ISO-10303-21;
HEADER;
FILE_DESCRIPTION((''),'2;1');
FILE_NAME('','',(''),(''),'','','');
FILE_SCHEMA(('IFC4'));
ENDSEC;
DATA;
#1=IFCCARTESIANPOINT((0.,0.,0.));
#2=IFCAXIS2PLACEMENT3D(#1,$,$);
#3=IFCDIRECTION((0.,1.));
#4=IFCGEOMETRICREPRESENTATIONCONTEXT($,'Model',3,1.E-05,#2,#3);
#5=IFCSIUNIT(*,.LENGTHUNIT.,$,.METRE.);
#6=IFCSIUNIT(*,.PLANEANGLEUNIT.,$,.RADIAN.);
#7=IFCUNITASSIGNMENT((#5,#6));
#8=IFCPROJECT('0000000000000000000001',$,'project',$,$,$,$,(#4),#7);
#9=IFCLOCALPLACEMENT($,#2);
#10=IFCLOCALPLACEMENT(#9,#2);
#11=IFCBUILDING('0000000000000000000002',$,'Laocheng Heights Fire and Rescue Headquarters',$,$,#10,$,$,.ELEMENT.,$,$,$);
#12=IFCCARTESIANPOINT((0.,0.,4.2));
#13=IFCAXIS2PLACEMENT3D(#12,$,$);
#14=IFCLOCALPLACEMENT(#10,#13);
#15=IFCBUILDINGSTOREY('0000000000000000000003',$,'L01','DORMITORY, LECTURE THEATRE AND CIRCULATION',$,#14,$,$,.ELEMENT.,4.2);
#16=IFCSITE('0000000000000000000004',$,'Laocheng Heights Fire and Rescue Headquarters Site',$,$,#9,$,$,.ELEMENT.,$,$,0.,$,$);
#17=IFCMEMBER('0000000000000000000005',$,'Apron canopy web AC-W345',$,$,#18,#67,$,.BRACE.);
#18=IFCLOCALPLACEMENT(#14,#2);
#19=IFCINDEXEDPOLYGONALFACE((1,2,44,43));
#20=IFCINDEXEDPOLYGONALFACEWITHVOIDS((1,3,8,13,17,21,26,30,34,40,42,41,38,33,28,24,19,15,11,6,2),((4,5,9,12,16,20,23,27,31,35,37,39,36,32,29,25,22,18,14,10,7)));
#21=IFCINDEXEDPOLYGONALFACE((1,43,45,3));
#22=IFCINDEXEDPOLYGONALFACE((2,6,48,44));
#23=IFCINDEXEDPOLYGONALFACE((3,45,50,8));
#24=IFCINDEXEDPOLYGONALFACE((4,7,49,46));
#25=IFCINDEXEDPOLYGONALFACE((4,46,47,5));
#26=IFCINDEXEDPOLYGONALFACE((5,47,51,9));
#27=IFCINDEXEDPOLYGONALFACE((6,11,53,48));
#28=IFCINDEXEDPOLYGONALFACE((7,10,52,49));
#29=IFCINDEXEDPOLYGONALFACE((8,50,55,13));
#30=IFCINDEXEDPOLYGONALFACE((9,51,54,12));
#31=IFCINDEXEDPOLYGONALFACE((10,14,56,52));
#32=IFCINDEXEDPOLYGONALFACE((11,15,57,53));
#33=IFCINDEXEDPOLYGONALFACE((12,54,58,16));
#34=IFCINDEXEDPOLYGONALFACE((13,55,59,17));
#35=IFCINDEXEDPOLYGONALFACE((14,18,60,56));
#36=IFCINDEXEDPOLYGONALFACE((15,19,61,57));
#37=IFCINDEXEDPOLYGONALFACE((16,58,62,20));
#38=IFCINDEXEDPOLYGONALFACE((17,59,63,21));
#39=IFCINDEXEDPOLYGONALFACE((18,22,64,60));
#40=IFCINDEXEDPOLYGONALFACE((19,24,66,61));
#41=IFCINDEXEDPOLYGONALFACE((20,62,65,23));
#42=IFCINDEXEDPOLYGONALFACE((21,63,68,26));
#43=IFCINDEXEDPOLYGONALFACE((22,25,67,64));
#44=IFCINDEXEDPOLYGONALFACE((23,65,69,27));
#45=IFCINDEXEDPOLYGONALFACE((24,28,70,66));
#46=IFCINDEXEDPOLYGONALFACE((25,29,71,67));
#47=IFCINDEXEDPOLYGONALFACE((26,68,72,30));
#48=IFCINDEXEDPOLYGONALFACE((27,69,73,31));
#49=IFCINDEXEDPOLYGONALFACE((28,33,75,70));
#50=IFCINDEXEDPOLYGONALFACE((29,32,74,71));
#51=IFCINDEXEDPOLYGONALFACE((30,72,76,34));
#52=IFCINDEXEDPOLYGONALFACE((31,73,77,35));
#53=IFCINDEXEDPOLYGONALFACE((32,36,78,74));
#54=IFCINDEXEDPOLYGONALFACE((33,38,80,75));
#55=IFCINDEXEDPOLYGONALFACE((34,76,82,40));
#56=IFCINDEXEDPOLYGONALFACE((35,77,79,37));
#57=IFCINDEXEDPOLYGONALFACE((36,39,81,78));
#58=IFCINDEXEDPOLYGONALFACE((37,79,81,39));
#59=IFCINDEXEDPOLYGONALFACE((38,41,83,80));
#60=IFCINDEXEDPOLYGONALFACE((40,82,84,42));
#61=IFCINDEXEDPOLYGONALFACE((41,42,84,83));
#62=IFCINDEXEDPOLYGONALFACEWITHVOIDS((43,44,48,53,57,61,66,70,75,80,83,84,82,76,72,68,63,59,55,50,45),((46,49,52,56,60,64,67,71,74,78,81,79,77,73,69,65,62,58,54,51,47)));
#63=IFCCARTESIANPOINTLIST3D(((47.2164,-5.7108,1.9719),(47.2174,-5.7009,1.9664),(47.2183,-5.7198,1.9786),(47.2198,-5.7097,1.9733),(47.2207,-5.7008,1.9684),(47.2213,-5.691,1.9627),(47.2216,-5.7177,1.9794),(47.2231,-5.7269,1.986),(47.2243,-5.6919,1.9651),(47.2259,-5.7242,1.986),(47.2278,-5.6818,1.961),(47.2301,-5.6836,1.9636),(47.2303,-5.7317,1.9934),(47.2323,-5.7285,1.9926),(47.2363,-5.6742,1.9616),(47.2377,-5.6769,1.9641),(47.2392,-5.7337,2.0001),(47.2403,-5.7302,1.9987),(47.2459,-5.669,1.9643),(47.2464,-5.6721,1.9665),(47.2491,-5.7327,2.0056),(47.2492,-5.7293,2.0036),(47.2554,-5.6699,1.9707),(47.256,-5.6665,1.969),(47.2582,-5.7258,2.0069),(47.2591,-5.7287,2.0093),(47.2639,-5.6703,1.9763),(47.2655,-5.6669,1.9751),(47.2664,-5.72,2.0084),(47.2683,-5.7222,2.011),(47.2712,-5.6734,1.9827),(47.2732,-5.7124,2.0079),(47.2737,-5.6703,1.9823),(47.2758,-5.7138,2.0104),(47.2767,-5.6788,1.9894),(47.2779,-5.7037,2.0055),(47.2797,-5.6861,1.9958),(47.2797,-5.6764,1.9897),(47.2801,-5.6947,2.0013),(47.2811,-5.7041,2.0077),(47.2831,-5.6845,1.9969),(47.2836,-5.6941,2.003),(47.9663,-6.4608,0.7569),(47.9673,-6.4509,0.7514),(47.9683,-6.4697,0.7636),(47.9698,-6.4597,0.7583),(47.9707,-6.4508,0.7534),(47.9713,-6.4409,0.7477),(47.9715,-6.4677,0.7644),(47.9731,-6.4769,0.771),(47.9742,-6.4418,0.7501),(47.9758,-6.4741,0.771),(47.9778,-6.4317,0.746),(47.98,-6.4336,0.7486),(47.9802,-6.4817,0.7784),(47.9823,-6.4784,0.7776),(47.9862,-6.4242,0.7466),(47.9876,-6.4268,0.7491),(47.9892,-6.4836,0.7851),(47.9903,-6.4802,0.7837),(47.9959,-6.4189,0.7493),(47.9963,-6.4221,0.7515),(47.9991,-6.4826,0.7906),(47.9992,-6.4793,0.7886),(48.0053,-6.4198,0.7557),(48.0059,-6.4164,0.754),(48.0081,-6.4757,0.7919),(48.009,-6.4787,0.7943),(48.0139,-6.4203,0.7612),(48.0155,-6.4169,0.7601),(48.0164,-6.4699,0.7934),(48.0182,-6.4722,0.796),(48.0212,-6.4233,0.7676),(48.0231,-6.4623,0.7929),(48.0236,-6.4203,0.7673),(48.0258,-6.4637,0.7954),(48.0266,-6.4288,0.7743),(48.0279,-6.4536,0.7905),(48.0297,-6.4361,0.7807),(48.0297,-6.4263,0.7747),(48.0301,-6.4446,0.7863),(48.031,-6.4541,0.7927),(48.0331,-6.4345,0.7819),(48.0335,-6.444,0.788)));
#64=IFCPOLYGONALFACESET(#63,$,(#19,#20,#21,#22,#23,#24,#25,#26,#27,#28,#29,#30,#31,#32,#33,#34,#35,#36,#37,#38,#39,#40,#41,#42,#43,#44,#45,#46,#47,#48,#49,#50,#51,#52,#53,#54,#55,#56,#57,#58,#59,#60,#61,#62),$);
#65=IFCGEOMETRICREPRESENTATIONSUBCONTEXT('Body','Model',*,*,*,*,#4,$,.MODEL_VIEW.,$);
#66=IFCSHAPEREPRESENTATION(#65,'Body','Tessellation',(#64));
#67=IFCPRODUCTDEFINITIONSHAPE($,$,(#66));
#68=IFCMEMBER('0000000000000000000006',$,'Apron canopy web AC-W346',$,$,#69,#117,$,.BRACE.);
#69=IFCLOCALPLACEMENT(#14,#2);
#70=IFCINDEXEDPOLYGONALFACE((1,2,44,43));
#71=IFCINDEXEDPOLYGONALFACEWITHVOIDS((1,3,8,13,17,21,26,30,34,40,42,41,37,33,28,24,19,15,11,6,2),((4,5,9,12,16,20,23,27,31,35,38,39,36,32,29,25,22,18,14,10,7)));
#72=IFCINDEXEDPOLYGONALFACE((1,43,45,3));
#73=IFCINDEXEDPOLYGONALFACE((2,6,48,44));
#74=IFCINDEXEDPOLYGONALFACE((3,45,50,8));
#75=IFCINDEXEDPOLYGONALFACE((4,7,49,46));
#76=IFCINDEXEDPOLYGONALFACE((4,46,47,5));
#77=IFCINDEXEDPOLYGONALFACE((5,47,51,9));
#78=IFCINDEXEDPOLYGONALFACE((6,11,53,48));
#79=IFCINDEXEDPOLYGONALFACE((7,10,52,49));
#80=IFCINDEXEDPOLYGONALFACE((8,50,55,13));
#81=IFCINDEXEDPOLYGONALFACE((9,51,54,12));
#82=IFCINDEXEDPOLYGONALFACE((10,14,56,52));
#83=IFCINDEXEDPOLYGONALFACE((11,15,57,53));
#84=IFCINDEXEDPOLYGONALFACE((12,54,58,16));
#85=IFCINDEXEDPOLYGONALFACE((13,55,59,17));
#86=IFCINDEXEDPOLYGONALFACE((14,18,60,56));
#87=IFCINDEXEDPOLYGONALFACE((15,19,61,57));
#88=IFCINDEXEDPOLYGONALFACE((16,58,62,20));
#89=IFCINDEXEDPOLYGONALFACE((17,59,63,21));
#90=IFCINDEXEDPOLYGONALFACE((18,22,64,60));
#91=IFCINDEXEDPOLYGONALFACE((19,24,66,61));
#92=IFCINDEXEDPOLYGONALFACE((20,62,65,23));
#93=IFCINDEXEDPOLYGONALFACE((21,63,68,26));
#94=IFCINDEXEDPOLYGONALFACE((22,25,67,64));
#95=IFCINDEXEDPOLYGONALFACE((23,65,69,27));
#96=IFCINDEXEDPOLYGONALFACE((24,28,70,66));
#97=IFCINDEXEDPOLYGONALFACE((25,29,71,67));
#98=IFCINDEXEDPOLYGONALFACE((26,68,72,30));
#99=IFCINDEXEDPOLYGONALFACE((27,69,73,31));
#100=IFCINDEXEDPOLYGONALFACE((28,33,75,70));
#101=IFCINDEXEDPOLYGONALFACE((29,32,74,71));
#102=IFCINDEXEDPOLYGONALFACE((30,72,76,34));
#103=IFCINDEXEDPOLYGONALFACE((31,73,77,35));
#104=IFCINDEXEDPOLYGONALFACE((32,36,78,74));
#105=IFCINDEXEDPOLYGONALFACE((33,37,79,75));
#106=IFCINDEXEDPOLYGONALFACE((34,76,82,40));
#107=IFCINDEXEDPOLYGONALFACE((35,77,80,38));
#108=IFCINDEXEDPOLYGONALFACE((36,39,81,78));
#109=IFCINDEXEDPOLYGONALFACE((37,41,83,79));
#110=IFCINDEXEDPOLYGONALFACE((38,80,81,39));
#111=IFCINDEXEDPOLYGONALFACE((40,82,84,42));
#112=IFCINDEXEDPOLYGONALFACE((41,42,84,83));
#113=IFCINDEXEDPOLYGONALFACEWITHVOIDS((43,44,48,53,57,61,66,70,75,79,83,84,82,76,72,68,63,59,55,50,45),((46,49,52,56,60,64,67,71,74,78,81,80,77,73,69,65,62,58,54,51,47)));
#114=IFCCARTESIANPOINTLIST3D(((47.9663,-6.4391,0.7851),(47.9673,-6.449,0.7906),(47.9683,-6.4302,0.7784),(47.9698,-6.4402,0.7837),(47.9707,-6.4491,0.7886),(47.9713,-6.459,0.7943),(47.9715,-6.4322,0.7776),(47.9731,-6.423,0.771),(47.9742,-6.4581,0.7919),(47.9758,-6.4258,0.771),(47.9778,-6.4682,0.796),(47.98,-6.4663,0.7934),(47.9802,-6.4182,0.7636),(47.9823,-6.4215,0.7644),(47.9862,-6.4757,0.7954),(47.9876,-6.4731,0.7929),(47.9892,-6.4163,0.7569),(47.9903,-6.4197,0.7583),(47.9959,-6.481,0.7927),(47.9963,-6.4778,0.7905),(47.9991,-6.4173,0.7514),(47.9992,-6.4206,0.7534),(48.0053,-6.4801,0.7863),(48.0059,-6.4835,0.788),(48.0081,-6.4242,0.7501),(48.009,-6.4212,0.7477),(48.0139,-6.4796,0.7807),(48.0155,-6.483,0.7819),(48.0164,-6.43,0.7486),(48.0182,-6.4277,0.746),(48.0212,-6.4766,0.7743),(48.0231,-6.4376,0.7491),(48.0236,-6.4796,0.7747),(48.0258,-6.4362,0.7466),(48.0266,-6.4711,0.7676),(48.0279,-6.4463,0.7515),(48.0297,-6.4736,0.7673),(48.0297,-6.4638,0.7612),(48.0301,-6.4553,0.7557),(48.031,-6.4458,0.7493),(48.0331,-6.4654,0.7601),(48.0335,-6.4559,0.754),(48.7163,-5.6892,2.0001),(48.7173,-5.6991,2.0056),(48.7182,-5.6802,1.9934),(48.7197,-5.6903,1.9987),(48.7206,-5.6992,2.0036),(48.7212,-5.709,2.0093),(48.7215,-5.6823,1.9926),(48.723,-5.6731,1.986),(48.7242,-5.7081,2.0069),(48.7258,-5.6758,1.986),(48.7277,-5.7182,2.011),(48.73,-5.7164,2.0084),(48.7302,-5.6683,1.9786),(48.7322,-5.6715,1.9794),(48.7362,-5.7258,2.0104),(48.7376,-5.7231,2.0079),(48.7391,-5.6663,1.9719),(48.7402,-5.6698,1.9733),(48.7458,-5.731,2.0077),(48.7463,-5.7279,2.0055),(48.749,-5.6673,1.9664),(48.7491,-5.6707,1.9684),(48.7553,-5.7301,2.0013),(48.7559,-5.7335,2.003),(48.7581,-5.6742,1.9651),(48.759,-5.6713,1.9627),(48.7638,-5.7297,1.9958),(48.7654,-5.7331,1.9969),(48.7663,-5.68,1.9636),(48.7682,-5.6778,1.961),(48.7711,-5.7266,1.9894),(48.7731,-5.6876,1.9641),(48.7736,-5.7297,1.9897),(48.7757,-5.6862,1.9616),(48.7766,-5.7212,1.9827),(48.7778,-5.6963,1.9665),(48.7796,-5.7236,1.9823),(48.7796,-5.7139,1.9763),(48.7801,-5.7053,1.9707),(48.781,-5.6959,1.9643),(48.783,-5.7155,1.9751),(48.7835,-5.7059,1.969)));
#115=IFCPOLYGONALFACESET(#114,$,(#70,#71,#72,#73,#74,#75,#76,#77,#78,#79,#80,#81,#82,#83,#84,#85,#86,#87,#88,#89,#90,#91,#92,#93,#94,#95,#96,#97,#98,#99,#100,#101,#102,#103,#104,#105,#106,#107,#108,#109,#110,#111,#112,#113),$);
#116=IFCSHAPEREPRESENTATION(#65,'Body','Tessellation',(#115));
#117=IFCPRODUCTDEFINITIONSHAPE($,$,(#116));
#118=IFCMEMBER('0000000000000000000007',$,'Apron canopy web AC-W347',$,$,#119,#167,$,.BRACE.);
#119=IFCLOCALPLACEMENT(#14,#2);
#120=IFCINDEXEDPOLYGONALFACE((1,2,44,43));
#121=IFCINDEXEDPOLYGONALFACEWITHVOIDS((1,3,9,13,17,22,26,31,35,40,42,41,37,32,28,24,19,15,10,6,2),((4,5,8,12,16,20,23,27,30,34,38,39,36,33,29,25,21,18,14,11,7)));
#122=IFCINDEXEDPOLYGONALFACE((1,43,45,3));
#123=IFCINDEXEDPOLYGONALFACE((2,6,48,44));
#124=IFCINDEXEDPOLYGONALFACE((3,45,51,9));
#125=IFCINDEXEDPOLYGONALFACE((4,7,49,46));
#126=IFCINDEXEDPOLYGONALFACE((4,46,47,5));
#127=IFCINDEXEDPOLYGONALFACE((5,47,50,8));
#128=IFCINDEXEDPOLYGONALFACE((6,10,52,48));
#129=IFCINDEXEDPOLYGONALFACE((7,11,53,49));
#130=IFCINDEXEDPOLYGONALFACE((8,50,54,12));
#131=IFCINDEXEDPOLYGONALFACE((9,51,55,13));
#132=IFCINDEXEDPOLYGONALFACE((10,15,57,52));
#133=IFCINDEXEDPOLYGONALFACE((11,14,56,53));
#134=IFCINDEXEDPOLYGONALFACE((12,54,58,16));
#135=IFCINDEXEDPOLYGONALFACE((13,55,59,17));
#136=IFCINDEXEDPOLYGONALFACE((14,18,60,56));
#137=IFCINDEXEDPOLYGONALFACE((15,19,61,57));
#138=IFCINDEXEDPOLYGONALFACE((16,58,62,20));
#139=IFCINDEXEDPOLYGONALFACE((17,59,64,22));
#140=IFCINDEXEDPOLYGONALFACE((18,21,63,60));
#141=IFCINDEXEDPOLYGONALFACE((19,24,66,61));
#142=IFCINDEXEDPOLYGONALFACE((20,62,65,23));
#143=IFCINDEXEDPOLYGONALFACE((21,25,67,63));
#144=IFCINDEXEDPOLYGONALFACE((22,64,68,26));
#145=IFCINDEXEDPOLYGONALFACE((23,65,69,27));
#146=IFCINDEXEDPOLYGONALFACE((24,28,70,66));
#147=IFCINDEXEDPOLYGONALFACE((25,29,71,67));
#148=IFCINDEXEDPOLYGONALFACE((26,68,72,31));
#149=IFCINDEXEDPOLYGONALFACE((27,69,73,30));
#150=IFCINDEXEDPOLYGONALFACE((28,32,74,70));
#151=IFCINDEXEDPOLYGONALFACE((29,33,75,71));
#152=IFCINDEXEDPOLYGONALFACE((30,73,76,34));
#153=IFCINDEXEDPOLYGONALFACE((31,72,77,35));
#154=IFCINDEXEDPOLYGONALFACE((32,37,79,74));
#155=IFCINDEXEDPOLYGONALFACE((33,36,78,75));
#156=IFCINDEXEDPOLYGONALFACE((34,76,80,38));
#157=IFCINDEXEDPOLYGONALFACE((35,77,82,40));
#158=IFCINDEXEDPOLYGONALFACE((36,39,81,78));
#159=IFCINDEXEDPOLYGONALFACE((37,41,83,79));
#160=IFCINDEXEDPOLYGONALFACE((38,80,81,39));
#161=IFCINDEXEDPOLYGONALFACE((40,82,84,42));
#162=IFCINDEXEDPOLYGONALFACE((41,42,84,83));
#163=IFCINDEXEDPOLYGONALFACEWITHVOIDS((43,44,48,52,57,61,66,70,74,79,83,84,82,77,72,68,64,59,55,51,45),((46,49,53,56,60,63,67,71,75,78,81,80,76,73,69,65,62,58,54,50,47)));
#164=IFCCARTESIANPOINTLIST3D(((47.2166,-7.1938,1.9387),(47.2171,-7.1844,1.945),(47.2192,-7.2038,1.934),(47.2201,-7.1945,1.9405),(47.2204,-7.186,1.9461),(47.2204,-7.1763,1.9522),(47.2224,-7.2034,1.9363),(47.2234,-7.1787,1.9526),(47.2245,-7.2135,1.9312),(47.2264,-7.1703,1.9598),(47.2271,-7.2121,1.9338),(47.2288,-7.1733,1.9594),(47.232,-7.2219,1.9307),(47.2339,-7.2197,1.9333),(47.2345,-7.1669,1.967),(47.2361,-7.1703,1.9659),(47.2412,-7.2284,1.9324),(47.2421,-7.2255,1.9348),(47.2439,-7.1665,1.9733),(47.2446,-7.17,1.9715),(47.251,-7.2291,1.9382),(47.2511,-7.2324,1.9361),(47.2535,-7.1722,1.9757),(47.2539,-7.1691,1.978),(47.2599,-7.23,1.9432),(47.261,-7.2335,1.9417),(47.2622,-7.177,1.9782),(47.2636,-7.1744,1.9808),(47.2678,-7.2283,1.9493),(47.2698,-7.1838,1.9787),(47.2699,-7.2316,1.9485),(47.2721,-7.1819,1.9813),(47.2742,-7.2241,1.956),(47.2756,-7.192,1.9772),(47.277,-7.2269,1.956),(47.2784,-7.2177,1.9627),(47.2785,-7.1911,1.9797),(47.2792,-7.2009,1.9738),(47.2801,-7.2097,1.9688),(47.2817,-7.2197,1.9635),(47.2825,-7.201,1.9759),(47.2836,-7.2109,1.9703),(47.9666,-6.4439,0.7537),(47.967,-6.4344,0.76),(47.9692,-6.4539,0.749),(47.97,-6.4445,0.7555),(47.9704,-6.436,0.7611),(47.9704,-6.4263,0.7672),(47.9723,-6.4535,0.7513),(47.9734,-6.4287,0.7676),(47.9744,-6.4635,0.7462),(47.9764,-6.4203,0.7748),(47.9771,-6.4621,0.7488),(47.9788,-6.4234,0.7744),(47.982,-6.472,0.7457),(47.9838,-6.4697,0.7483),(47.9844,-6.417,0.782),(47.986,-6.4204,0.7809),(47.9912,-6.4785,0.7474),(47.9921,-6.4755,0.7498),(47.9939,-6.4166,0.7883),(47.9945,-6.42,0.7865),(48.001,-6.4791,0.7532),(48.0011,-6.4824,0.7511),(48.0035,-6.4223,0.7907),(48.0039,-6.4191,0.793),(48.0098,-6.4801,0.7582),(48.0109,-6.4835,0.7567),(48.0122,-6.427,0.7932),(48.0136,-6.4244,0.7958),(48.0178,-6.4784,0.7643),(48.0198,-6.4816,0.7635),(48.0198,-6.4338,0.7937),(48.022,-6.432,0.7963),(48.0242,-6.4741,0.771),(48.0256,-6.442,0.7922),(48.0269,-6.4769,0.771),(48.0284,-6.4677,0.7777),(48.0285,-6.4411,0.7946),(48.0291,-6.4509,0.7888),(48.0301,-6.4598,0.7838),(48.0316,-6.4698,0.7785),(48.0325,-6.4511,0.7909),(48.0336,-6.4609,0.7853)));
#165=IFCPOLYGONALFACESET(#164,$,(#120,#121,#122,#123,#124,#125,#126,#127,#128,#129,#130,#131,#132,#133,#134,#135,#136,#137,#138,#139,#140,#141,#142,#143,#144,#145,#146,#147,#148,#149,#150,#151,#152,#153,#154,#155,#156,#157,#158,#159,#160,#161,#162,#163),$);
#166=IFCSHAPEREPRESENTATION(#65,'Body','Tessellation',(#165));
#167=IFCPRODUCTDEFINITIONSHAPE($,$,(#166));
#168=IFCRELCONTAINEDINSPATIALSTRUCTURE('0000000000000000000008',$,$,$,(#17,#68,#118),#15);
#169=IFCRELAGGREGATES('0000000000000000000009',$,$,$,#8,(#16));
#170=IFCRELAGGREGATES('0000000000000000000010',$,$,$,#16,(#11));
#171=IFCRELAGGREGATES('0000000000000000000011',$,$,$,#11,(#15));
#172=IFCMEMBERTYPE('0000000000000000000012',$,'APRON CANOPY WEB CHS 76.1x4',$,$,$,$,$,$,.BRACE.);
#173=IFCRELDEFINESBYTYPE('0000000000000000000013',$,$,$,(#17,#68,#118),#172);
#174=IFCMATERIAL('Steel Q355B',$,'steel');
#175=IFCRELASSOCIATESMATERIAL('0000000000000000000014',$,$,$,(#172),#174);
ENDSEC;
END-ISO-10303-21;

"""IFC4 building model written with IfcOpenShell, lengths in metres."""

from ifc_helpers import new_model, si_unit, direction, frame, origin, origin_2d, place, context, subcontext, project, spatial, hollow_circle, extrude, material, material_profile, profile_set, type_object, element, save


model = new_model("IFC4")

# Units and contexts
model_context = context("Model", 3, precision=1e-05, world=origin(), true_north=direction((0.0, 1.0)))
body_context = subcontext(model_context, "Body", "Model", "MODEL_VIEW")
ifc_project = project(units=[si_unit("LENGTHUNIT", "METRE"), si_unit("PLANEANGLEUNIT", "RADIAN")], contexts=[model_context])

# Site, building, storey
site_placement = place(None, origin())
site = spatial("IfcSite", under=ifc_project, at=site_placement, Name="Laocheng Heights Fire and Rescue Headquarters Site", CompositionType="ELEMENT", RefElevation=0.0)
building_placement = place(site_placement, origin())
building = spatial("IfcBuilding", under=site, at=building_placement, Name="Laocheng Heights Fire and Rescue Headquarters", CompositionType="ELEMENT")
storey_placement = place(building_placement, frame((0.0, 0.0, 4.2)))
storey = spatial("IfcBuildingStorey", under=building, at=storey_placement, Name="L01", Description="DORMITORY, LECTURE THEATRE AND CIRCULATION", CompositionType="ELEMENT", Elevation=4.2)

# Members
ifc_material_1 = material(Name="Steel Q355B", Category="steel")
ifc_material_profile_1 = material_profile(ifc_material_1, hollow_circle(Radius=0.0381, WallThickness=0.0039, at=origin_2d()), Name="CHS 76.1x4")
ifc_profile_set_1 = profile_set([ifc_material_profile_1], Name="Steel Q355B")
member_type_1 = type_object("IfcMemberType", Name="APRON CANOPY WEB CHS 76.1x4", PredefinedType="BRACE", material=ifc_profile_set_1)
for number, where, z_axis, x_axis, name in (
    (1, (48.0, -6.45, 0.771), (-0.465002, 0.465002, 0.753357), (-0.707107, -0.707107, 0.0), "Apron canopy web AC-W345"),
    (2, (48.0, -6.45, 0.771), (0.465002, 0.465002, 0.753357), (-0.707107, 0.707107, 0.0), "Apron canopy web AC-W346"),
):
    element("IfcMember", number, at=place(storey_placement, frame(where, z_axis=z_axis, x_axis=x_axis)), inside=storey, type_object=member_type_1, Name=name, PredefinedType="BRACE", context=body_context, shape_type="SweptSolid", body=[
        extrude(hollow_circle(Radius=0.0381, WallThickness=0.0039, at=origin_2d()), origin(), (0.0, 0.0, 1.0), 1.6128),
    ])
for number, where, z_axis, x_axis, name in (
    (3, (48.0, -6.45, 0.771), (-0.47158, -0.47158, 0.745134), (0.707107, -0.707107, 0.0), "Apron canopy web AC-W347"),
):
    element("IfcMember", number, at=place(storey_placement, frame(where, z_axis=z_axis, x_axis=x_axis)), inside=storey, type_object=member_type_1, Name=name, PredefinedType="BRACE", context=body_context, shape_type="SweptSolid", body=[
        extrude(hollow_circle(Radius=0.0381, WallThickness=0.0039, at=origin_2d()), origin(), (0.0, 0.0, 1.0), 1.5903),
    ])

save(model, "model.ifc")
